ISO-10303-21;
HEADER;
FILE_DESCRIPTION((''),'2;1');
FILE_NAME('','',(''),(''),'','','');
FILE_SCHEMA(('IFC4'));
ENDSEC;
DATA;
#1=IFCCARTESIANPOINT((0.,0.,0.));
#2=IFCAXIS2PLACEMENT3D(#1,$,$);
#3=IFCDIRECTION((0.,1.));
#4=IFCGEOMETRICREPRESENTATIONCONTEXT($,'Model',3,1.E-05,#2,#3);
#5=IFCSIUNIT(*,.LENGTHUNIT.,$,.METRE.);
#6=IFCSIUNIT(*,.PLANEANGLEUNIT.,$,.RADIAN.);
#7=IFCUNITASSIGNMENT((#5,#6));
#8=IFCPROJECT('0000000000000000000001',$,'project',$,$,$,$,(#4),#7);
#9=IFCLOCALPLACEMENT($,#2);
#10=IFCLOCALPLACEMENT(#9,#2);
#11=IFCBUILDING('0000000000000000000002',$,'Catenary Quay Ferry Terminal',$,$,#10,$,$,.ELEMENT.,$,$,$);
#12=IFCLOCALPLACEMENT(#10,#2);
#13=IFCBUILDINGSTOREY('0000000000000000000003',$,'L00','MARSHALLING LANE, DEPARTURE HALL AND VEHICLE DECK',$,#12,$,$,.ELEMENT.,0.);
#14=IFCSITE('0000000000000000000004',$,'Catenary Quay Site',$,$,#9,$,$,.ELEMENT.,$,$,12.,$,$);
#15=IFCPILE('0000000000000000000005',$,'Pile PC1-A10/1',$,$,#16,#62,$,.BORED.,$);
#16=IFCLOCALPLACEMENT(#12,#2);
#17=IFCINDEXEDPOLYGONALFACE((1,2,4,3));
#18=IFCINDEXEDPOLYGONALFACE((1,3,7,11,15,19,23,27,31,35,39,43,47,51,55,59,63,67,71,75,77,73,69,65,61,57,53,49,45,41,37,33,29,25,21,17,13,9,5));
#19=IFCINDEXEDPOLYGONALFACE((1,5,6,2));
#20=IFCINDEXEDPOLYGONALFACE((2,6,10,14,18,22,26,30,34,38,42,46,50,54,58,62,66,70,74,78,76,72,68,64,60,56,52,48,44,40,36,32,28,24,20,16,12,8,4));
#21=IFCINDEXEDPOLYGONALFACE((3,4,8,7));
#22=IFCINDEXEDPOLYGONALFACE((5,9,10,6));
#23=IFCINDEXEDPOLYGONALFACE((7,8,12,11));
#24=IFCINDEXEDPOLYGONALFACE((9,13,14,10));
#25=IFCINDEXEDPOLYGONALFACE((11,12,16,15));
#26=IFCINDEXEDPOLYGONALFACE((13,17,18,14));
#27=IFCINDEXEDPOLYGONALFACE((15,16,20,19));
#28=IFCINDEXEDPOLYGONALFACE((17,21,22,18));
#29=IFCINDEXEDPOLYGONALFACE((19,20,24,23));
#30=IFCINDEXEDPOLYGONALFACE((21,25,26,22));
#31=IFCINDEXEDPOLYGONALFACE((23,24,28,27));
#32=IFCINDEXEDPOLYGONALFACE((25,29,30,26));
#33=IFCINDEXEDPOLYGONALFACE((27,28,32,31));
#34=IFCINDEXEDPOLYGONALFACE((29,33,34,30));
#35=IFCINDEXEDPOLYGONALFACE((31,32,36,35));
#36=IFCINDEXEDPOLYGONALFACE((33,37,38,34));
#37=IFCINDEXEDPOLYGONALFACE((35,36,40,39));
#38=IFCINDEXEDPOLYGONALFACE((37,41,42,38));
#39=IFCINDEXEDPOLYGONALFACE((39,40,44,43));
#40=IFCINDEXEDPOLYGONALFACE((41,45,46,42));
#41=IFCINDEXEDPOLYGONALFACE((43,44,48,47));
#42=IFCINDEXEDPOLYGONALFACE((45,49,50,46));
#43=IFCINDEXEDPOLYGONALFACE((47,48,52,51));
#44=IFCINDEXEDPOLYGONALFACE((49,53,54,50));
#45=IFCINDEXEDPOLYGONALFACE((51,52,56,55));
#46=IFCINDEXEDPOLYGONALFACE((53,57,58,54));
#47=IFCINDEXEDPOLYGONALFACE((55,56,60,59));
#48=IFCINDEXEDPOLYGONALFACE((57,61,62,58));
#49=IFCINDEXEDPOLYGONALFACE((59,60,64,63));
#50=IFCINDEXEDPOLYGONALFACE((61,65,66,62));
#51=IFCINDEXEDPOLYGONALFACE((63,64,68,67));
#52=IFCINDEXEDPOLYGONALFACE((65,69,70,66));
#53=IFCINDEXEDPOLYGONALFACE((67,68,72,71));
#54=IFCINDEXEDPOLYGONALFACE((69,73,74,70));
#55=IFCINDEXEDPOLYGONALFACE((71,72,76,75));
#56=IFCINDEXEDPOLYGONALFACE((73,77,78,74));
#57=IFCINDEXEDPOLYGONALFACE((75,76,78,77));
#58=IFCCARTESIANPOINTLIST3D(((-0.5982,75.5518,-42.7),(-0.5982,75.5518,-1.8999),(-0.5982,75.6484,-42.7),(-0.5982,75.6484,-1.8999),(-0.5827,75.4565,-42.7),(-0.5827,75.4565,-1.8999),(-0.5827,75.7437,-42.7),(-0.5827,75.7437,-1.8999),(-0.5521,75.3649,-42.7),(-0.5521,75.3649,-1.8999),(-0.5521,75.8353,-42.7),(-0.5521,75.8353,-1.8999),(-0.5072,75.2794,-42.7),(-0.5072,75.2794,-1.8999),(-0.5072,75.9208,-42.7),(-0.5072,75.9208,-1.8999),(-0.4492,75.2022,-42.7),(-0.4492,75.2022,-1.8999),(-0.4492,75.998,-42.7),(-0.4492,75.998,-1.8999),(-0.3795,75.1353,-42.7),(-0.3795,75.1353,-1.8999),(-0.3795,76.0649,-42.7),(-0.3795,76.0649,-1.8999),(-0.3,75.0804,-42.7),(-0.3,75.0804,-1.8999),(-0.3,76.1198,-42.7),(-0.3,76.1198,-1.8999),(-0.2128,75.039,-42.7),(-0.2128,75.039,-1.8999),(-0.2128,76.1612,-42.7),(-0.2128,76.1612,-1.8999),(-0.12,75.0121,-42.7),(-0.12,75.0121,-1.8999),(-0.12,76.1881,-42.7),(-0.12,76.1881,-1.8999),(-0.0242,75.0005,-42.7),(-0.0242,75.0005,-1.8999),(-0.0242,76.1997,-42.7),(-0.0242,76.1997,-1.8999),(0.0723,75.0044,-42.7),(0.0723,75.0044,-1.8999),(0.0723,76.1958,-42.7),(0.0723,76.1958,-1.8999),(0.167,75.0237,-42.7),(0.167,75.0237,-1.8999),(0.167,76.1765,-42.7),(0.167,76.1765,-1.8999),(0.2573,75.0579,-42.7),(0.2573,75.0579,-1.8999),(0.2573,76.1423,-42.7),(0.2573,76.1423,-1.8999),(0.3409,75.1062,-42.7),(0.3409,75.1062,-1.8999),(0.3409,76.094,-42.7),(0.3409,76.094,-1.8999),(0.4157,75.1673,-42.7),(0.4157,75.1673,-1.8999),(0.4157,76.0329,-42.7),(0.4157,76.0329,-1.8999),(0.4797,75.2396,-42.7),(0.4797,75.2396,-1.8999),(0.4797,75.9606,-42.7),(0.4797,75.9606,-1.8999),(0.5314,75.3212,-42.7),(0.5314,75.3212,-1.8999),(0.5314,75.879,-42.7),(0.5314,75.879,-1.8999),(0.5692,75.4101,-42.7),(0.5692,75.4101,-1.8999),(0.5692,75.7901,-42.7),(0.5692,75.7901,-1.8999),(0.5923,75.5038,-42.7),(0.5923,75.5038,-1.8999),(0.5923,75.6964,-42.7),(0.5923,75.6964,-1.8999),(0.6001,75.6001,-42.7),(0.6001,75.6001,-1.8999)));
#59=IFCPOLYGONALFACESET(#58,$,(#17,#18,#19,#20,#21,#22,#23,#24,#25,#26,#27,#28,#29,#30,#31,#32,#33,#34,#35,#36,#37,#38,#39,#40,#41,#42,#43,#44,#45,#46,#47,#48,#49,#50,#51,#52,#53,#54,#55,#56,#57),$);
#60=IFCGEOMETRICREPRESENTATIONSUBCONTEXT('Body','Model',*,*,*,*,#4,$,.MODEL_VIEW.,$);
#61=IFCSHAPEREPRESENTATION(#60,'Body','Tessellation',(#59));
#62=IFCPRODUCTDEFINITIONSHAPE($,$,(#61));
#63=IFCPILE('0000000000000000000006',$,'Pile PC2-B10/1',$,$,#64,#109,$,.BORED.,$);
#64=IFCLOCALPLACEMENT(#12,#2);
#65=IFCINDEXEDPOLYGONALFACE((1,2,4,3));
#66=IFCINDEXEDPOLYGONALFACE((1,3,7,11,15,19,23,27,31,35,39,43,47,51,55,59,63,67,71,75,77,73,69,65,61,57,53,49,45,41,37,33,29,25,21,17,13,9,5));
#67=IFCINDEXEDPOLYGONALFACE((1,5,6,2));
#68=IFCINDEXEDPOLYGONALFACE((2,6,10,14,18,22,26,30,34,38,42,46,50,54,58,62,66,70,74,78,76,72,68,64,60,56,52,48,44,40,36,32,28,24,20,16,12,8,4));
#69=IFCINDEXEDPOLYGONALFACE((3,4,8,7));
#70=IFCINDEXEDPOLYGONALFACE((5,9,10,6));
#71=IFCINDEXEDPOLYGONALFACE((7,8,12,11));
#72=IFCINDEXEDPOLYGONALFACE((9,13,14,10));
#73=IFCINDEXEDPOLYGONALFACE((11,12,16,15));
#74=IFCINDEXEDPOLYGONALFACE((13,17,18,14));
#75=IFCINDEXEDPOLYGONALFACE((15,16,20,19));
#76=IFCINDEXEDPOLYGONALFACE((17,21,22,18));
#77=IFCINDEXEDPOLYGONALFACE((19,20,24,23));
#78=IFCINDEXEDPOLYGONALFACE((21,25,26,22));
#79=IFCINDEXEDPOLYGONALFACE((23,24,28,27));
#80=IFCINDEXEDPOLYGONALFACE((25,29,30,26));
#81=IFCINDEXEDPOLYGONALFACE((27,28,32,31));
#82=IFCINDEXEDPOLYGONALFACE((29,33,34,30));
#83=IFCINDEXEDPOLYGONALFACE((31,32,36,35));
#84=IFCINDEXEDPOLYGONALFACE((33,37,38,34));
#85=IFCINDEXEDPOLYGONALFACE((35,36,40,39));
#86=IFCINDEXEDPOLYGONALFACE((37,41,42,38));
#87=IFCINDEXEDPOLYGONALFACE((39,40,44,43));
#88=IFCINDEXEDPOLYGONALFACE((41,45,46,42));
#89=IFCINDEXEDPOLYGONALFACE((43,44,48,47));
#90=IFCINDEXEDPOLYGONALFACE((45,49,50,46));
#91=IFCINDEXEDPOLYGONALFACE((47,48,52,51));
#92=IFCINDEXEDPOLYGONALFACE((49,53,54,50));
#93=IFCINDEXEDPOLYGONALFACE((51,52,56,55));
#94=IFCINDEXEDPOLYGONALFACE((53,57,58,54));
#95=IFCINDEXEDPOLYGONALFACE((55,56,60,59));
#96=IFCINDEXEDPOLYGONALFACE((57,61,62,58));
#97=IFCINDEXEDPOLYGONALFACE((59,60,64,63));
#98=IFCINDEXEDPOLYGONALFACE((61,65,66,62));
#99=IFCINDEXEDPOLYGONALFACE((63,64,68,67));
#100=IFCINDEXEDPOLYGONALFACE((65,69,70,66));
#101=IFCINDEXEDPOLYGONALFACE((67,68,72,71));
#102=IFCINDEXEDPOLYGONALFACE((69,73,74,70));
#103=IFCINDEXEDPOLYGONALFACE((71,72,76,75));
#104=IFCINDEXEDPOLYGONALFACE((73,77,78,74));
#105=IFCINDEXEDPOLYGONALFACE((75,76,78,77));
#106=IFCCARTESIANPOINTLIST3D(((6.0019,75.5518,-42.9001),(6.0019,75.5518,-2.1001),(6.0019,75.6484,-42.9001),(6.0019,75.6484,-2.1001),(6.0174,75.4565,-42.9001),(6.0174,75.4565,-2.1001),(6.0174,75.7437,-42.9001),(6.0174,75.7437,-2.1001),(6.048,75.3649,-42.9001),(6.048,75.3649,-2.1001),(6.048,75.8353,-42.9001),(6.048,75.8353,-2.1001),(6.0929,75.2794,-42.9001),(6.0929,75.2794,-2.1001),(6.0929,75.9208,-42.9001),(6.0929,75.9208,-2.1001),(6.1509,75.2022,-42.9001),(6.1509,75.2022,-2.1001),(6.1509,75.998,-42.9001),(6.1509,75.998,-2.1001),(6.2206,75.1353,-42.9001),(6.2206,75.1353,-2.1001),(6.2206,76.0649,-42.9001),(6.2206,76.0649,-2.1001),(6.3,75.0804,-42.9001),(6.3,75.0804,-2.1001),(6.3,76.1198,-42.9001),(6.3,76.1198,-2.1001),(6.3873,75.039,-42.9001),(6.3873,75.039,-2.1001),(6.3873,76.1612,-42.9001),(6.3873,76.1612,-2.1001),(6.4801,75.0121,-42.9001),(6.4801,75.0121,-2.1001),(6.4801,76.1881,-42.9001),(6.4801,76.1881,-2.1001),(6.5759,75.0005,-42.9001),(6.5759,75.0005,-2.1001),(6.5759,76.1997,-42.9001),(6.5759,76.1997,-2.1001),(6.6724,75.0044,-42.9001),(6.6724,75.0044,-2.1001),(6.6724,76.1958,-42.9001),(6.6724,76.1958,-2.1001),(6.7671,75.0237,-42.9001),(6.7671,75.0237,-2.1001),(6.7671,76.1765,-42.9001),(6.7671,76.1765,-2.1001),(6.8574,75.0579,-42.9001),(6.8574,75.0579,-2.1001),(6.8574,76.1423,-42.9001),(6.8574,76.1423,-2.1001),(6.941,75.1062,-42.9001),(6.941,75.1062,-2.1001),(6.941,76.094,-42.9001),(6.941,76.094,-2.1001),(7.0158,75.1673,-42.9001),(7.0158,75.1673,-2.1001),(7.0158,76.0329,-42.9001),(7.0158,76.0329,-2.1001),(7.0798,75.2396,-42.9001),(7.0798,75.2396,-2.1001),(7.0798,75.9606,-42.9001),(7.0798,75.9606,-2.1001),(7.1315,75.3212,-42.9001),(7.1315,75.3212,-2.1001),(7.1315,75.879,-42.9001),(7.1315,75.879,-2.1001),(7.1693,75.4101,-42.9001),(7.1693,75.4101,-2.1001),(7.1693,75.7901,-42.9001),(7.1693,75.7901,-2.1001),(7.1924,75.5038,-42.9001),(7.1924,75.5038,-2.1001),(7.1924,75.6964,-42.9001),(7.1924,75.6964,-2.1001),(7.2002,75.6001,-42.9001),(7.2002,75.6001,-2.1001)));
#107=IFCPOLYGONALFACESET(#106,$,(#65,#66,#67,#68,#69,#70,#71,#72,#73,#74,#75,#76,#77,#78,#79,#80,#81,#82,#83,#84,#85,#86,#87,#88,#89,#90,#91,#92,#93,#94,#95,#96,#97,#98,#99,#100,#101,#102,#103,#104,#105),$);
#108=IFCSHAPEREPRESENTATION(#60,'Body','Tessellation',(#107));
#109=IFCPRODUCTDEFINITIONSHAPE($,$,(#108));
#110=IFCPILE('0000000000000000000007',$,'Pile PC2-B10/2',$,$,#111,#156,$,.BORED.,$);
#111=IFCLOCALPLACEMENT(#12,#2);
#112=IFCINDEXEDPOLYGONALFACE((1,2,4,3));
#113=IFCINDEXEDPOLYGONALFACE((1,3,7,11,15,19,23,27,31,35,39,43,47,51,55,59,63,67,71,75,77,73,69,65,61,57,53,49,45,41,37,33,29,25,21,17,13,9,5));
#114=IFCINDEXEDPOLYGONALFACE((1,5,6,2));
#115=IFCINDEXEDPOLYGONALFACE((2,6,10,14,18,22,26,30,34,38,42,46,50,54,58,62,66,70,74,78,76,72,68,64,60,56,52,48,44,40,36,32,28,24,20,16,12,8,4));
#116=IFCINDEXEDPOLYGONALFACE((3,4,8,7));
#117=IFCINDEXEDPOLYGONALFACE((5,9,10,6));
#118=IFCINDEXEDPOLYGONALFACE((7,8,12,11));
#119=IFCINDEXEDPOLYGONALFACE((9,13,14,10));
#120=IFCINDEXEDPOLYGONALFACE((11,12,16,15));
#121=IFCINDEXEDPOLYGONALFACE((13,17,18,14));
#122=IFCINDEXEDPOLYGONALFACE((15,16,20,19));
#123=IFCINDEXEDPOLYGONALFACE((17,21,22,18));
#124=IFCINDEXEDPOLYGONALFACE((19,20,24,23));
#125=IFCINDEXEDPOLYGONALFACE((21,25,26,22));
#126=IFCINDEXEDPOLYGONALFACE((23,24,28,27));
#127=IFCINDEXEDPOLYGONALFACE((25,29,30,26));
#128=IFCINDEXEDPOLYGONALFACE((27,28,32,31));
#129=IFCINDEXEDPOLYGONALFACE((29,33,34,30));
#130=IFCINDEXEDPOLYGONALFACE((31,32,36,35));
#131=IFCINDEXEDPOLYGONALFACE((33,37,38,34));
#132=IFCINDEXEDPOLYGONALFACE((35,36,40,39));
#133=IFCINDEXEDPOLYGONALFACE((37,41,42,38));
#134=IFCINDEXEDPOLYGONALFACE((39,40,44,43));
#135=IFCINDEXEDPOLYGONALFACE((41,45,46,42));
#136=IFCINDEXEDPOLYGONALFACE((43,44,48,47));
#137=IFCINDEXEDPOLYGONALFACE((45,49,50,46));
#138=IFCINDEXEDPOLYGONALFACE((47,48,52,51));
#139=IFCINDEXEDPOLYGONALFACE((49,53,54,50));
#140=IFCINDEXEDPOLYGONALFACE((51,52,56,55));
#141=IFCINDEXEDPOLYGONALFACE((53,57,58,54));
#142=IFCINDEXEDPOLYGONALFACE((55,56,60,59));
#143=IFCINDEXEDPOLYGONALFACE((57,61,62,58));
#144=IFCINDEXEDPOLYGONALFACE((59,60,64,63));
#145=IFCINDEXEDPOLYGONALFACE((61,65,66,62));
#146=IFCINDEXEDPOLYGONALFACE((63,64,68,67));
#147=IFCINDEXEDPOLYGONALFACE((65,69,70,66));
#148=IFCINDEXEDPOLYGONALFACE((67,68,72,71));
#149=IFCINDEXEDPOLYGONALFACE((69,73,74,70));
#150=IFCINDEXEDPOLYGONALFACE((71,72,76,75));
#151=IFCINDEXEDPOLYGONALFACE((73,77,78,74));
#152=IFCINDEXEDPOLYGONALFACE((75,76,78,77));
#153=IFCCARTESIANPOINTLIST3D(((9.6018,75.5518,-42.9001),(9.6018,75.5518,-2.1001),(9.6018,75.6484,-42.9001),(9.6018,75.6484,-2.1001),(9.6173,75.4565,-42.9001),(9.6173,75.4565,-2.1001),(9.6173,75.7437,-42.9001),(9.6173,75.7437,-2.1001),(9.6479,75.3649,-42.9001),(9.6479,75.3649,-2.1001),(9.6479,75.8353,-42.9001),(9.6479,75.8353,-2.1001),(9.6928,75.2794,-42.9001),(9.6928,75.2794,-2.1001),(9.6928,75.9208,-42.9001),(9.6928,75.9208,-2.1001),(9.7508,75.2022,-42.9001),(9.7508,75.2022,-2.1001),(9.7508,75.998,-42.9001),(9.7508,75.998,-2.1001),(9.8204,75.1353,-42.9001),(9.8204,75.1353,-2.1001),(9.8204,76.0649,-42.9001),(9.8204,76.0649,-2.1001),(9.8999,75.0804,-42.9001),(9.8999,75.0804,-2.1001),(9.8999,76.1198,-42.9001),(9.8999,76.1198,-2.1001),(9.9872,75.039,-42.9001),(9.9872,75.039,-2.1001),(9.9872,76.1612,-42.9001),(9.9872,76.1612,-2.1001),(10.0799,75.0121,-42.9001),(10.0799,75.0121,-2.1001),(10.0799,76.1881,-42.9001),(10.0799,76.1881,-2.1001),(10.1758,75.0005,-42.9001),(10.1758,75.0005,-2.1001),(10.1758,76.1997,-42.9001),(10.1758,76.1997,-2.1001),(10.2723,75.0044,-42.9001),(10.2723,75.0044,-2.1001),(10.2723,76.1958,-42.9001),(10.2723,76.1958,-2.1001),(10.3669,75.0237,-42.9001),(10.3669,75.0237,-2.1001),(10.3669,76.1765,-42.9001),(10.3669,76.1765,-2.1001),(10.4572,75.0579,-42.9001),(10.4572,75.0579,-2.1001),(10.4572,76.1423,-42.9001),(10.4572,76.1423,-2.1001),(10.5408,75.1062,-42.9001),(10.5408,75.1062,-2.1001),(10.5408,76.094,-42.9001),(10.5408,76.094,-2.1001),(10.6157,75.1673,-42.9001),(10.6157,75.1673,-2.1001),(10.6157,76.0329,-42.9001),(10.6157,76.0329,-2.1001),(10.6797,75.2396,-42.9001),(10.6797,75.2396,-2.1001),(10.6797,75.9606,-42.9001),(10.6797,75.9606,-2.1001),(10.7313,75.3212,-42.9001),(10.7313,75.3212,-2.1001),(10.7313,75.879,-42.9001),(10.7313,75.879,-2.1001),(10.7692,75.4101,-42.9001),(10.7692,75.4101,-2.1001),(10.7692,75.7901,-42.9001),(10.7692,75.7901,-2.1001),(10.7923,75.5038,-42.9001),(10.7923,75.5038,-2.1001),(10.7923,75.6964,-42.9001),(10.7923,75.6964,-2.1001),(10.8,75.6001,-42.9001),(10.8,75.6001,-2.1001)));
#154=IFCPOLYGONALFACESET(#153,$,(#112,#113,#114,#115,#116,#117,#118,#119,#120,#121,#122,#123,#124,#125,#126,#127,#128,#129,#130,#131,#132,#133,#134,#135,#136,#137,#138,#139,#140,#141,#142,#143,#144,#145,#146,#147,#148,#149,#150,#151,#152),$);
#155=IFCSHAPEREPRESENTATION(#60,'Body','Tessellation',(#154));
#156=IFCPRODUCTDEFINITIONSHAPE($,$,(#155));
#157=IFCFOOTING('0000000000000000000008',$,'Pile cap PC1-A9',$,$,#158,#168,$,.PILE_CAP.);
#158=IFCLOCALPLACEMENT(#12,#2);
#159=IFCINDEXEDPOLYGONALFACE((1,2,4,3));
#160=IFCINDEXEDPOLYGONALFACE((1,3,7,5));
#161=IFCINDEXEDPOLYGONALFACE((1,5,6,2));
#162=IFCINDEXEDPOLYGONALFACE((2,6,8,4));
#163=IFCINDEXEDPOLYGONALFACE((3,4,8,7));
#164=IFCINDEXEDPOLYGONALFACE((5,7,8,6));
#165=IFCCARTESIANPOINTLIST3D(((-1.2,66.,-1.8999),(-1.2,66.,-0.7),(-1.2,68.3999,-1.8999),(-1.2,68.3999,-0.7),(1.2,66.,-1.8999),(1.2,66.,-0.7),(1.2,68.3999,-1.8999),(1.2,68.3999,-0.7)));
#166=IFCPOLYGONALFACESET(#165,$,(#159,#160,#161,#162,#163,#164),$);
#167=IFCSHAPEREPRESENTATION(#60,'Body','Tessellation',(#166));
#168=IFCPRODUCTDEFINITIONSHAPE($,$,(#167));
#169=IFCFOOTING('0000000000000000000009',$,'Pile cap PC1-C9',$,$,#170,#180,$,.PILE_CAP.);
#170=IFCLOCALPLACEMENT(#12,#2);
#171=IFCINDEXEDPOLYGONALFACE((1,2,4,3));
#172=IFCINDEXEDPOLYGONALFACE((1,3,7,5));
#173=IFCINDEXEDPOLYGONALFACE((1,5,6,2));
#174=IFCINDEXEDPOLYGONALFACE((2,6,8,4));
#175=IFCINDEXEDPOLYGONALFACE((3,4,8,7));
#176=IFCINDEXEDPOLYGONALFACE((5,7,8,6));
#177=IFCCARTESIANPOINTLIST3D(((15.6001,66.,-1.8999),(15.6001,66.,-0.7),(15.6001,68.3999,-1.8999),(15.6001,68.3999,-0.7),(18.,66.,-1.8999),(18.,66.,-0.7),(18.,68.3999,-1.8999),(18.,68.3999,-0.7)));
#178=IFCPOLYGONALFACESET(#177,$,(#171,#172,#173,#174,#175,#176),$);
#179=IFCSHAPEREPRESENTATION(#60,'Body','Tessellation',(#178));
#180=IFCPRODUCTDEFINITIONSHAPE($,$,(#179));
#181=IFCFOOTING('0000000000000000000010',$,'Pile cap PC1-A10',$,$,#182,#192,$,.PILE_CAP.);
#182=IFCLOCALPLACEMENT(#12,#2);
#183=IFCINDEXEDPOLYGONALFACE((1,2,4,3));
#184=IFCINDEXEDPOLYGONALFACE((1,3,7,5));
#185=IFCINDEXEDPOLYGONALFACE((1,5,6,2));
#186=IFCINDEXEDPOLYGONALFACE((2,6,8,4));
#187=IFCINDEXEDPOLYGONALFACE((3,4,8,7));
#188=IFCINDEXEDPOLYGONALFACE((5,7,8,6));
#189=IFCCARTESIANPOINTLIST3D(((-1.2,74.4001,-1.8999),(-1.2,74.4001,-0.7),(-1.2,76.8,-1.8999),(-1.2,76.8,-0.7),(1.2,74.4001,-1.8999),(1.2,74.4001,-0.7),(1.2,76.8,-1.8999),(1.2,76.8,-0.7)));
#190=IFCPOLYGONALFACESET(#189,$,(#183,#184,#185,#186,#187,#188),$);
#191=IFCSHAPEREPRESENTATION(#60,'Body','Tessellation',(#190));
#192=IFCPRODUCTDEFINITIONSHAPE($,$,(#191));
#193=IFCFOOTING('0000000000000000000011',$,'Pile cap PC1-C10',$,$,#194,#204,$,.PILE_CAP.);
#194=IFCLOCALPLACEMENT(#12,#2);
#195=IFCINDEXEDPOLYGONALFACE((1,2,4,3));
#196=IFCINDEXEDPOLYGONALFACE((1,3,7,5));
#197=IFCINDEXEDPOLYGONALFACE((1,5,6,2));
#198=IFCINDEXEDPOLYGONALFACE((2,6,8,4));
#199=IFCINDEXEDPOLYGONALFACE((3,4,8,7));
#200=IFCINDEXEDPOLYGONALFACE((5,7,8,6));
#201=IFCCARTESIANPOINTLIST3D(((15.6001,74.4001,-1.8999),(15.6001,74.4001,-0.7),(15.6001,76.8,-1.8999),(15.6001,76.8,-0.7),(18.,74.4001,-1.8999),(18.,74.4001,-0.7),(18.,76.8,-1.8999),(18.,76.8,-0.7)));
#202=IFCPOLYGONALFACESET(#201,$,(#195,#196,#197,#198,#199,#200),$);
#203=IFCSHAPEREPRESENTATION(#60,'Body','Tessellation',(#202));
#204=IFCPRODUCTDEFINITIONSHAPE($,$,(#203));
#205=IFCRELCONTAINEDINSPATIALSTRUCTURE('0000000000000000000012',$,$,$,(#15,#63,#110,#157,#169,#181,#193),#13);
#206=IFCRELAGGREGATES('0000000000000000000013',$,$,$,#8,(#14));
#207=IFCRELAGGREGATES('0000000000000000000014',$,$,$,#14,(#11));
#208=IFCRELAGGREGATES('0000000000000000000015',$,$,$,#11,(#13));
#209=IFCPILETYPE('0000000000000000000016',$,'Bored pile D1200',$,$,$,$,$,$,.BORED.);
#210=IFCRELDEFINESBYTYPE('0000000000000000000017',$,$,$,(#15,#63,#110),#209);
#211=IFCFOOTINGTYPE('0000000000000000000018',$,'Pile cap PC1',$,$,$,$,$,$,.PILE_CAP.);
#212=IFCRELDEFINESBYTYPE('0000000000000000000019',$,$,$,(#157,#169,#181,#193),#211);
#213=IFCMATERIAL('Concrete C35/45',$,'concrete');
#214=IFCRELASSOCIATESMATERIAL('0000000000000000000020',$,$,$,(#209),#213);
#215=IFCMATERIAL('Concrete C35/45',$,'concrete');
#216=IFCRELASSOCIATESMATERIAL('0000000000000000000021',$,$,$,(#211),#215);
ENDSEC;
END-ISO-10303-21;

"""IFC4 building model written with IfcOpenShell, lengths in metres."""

from ifc_helpers import new_model, si_unit, direction, frame, origin, origin_2d, place, context, subcontext, project, spatial, rectangle, circle, extrude, material, material_profile, profile_set, type_object, element, save


model = new_model("IFC4")

# Units and contexts
model_context = context("Model", 3, precision=1e-05, world=origin(), true_north=direction((0.0, 1.0)))
body_context = subcontext(model_context, "Body", "Model", "MODEL_VIEW")
ifc_project = project(units=[si_unit("LENGTHUNIT", "METRE"), si_unit("PLANEANGLEUNIT", "RADIAN")], contexts=[model_context])

# Site, building, storey
site_placement = place(None, origin())
site = spatial("IfcSite", under=ifc_project, at=site_placement, Name="Catenary Quay Site", CompositionType="ELEMENT", RefElevation=12.0)
building_placement = place(site_placement, origin())
building = spatial("IfcBuilding", under=site, at=building_placement, Name="Catenary Quay Ferry Terminal", CompositionType="ELEMENT")
storey_placement = place(building_placement, origin())
storey = spatial("IfcBuildingStorey", under=building, at=storey_placement, Name="L00", Description="MARSHALLING LANE, DEPARTURE HALL AND VEHICLE DECK", CompositionType="ELEMENT", Elevation=0.0)

# Piles
ifc_material_1 = material(Name="Concrete C35/45", Category="concrete")
ifc_material_profile_1 = material_profile(ifc_material_1, circle(Radius=0.6001, at=origin_2d()), Name="D1200")
ifc_profile_set_1 = profile_set([ifc_material_profile_1], Name="Concrete C35/45")
pile_type = type_object("IfcPileType", Name="Bored pile D1200", PredefinedType="BORED", material=ifc_profile_set_1)
for number, where, z_axis, x_axis, name in (
    (1, (0.0, 75.6001, -1.8999), (0.0, 0.0, -1.0), (1.0, 0.0, 0.0), "Pile PC1-A10/1"),
    (2, (6.6001, 75.6001, -2.1001), (0.0, 0.0, -1.0), (1.0, 0.0, 0.0), "Pile PC2-B10/1"),
    (3, (10.2, 75.6001, -2.1001), (0.0, 0.0, -1.0), (1.0, 0.0, 0.0), "Pile PC2-B10/2"),
):
    element("IfcPile", number, at=place(storey_placement, frame(where, z_axis=z_axis, x_axis=x_axis)), inside=storey, type_object=pile_type, Name=name, PredefinedType="BORED", context=body_context, shape_type="SweptSolid", body=[
        extrude(circle(Radius=0.6001, at=origin_2d()), origin(), (0.0, 0.0, 1.0), 40.8),
    ])

# Footings
ifc_material_2 = material(Name="Concrete C35/45", Category="concrete")
footing_type_1 = type_object("IfcFootingType", Name="Pile cap PC1", PredefinedType="PILE_CAP", material=ifc_material_2)
for number, where, z_axis, x_axis, name in (
    (4, (0.0, 67.2, -1.8999), (0.0, 0.0, 1.0), (1.0, 0.0, 0.0), "Pile cap PC1-A9"),
    (5, (16.8, 67.2, -1.8999), (0.0, 0.0, 1.0), (1.0, 0.0, 0.0), "Pile cap PC1-C9"),
    (6, (0.0, 75.6001, -1.8999), (0.0, 0.0, 1.0), (1.0, 0.0, 0.0), "Pile cap PC1-A10"),
    (7, (16.8, 75.6001, -1.8999), (0.0, 0.0, 1.0), (1.0, 0.0, 0.0), "Pile cap PC1-C10"),
):
    element("IfcFooting", number, at=place(storey_placement, frame(where, z_axis=z_axis, x_axis=x_axis)), inside=storey, type_object=footing_type_1, Name=name, PredefinedType="PILE_CAP", context=body_context, shape_type="SweptSolid", body=[
        extrude(rectangle(XDim=2.3999, YDim=2.3999, at=origin_2d()), origin(), (0.0, 0.0, 1.0), 1.2),
    ])

save(model, "model.ifc")
